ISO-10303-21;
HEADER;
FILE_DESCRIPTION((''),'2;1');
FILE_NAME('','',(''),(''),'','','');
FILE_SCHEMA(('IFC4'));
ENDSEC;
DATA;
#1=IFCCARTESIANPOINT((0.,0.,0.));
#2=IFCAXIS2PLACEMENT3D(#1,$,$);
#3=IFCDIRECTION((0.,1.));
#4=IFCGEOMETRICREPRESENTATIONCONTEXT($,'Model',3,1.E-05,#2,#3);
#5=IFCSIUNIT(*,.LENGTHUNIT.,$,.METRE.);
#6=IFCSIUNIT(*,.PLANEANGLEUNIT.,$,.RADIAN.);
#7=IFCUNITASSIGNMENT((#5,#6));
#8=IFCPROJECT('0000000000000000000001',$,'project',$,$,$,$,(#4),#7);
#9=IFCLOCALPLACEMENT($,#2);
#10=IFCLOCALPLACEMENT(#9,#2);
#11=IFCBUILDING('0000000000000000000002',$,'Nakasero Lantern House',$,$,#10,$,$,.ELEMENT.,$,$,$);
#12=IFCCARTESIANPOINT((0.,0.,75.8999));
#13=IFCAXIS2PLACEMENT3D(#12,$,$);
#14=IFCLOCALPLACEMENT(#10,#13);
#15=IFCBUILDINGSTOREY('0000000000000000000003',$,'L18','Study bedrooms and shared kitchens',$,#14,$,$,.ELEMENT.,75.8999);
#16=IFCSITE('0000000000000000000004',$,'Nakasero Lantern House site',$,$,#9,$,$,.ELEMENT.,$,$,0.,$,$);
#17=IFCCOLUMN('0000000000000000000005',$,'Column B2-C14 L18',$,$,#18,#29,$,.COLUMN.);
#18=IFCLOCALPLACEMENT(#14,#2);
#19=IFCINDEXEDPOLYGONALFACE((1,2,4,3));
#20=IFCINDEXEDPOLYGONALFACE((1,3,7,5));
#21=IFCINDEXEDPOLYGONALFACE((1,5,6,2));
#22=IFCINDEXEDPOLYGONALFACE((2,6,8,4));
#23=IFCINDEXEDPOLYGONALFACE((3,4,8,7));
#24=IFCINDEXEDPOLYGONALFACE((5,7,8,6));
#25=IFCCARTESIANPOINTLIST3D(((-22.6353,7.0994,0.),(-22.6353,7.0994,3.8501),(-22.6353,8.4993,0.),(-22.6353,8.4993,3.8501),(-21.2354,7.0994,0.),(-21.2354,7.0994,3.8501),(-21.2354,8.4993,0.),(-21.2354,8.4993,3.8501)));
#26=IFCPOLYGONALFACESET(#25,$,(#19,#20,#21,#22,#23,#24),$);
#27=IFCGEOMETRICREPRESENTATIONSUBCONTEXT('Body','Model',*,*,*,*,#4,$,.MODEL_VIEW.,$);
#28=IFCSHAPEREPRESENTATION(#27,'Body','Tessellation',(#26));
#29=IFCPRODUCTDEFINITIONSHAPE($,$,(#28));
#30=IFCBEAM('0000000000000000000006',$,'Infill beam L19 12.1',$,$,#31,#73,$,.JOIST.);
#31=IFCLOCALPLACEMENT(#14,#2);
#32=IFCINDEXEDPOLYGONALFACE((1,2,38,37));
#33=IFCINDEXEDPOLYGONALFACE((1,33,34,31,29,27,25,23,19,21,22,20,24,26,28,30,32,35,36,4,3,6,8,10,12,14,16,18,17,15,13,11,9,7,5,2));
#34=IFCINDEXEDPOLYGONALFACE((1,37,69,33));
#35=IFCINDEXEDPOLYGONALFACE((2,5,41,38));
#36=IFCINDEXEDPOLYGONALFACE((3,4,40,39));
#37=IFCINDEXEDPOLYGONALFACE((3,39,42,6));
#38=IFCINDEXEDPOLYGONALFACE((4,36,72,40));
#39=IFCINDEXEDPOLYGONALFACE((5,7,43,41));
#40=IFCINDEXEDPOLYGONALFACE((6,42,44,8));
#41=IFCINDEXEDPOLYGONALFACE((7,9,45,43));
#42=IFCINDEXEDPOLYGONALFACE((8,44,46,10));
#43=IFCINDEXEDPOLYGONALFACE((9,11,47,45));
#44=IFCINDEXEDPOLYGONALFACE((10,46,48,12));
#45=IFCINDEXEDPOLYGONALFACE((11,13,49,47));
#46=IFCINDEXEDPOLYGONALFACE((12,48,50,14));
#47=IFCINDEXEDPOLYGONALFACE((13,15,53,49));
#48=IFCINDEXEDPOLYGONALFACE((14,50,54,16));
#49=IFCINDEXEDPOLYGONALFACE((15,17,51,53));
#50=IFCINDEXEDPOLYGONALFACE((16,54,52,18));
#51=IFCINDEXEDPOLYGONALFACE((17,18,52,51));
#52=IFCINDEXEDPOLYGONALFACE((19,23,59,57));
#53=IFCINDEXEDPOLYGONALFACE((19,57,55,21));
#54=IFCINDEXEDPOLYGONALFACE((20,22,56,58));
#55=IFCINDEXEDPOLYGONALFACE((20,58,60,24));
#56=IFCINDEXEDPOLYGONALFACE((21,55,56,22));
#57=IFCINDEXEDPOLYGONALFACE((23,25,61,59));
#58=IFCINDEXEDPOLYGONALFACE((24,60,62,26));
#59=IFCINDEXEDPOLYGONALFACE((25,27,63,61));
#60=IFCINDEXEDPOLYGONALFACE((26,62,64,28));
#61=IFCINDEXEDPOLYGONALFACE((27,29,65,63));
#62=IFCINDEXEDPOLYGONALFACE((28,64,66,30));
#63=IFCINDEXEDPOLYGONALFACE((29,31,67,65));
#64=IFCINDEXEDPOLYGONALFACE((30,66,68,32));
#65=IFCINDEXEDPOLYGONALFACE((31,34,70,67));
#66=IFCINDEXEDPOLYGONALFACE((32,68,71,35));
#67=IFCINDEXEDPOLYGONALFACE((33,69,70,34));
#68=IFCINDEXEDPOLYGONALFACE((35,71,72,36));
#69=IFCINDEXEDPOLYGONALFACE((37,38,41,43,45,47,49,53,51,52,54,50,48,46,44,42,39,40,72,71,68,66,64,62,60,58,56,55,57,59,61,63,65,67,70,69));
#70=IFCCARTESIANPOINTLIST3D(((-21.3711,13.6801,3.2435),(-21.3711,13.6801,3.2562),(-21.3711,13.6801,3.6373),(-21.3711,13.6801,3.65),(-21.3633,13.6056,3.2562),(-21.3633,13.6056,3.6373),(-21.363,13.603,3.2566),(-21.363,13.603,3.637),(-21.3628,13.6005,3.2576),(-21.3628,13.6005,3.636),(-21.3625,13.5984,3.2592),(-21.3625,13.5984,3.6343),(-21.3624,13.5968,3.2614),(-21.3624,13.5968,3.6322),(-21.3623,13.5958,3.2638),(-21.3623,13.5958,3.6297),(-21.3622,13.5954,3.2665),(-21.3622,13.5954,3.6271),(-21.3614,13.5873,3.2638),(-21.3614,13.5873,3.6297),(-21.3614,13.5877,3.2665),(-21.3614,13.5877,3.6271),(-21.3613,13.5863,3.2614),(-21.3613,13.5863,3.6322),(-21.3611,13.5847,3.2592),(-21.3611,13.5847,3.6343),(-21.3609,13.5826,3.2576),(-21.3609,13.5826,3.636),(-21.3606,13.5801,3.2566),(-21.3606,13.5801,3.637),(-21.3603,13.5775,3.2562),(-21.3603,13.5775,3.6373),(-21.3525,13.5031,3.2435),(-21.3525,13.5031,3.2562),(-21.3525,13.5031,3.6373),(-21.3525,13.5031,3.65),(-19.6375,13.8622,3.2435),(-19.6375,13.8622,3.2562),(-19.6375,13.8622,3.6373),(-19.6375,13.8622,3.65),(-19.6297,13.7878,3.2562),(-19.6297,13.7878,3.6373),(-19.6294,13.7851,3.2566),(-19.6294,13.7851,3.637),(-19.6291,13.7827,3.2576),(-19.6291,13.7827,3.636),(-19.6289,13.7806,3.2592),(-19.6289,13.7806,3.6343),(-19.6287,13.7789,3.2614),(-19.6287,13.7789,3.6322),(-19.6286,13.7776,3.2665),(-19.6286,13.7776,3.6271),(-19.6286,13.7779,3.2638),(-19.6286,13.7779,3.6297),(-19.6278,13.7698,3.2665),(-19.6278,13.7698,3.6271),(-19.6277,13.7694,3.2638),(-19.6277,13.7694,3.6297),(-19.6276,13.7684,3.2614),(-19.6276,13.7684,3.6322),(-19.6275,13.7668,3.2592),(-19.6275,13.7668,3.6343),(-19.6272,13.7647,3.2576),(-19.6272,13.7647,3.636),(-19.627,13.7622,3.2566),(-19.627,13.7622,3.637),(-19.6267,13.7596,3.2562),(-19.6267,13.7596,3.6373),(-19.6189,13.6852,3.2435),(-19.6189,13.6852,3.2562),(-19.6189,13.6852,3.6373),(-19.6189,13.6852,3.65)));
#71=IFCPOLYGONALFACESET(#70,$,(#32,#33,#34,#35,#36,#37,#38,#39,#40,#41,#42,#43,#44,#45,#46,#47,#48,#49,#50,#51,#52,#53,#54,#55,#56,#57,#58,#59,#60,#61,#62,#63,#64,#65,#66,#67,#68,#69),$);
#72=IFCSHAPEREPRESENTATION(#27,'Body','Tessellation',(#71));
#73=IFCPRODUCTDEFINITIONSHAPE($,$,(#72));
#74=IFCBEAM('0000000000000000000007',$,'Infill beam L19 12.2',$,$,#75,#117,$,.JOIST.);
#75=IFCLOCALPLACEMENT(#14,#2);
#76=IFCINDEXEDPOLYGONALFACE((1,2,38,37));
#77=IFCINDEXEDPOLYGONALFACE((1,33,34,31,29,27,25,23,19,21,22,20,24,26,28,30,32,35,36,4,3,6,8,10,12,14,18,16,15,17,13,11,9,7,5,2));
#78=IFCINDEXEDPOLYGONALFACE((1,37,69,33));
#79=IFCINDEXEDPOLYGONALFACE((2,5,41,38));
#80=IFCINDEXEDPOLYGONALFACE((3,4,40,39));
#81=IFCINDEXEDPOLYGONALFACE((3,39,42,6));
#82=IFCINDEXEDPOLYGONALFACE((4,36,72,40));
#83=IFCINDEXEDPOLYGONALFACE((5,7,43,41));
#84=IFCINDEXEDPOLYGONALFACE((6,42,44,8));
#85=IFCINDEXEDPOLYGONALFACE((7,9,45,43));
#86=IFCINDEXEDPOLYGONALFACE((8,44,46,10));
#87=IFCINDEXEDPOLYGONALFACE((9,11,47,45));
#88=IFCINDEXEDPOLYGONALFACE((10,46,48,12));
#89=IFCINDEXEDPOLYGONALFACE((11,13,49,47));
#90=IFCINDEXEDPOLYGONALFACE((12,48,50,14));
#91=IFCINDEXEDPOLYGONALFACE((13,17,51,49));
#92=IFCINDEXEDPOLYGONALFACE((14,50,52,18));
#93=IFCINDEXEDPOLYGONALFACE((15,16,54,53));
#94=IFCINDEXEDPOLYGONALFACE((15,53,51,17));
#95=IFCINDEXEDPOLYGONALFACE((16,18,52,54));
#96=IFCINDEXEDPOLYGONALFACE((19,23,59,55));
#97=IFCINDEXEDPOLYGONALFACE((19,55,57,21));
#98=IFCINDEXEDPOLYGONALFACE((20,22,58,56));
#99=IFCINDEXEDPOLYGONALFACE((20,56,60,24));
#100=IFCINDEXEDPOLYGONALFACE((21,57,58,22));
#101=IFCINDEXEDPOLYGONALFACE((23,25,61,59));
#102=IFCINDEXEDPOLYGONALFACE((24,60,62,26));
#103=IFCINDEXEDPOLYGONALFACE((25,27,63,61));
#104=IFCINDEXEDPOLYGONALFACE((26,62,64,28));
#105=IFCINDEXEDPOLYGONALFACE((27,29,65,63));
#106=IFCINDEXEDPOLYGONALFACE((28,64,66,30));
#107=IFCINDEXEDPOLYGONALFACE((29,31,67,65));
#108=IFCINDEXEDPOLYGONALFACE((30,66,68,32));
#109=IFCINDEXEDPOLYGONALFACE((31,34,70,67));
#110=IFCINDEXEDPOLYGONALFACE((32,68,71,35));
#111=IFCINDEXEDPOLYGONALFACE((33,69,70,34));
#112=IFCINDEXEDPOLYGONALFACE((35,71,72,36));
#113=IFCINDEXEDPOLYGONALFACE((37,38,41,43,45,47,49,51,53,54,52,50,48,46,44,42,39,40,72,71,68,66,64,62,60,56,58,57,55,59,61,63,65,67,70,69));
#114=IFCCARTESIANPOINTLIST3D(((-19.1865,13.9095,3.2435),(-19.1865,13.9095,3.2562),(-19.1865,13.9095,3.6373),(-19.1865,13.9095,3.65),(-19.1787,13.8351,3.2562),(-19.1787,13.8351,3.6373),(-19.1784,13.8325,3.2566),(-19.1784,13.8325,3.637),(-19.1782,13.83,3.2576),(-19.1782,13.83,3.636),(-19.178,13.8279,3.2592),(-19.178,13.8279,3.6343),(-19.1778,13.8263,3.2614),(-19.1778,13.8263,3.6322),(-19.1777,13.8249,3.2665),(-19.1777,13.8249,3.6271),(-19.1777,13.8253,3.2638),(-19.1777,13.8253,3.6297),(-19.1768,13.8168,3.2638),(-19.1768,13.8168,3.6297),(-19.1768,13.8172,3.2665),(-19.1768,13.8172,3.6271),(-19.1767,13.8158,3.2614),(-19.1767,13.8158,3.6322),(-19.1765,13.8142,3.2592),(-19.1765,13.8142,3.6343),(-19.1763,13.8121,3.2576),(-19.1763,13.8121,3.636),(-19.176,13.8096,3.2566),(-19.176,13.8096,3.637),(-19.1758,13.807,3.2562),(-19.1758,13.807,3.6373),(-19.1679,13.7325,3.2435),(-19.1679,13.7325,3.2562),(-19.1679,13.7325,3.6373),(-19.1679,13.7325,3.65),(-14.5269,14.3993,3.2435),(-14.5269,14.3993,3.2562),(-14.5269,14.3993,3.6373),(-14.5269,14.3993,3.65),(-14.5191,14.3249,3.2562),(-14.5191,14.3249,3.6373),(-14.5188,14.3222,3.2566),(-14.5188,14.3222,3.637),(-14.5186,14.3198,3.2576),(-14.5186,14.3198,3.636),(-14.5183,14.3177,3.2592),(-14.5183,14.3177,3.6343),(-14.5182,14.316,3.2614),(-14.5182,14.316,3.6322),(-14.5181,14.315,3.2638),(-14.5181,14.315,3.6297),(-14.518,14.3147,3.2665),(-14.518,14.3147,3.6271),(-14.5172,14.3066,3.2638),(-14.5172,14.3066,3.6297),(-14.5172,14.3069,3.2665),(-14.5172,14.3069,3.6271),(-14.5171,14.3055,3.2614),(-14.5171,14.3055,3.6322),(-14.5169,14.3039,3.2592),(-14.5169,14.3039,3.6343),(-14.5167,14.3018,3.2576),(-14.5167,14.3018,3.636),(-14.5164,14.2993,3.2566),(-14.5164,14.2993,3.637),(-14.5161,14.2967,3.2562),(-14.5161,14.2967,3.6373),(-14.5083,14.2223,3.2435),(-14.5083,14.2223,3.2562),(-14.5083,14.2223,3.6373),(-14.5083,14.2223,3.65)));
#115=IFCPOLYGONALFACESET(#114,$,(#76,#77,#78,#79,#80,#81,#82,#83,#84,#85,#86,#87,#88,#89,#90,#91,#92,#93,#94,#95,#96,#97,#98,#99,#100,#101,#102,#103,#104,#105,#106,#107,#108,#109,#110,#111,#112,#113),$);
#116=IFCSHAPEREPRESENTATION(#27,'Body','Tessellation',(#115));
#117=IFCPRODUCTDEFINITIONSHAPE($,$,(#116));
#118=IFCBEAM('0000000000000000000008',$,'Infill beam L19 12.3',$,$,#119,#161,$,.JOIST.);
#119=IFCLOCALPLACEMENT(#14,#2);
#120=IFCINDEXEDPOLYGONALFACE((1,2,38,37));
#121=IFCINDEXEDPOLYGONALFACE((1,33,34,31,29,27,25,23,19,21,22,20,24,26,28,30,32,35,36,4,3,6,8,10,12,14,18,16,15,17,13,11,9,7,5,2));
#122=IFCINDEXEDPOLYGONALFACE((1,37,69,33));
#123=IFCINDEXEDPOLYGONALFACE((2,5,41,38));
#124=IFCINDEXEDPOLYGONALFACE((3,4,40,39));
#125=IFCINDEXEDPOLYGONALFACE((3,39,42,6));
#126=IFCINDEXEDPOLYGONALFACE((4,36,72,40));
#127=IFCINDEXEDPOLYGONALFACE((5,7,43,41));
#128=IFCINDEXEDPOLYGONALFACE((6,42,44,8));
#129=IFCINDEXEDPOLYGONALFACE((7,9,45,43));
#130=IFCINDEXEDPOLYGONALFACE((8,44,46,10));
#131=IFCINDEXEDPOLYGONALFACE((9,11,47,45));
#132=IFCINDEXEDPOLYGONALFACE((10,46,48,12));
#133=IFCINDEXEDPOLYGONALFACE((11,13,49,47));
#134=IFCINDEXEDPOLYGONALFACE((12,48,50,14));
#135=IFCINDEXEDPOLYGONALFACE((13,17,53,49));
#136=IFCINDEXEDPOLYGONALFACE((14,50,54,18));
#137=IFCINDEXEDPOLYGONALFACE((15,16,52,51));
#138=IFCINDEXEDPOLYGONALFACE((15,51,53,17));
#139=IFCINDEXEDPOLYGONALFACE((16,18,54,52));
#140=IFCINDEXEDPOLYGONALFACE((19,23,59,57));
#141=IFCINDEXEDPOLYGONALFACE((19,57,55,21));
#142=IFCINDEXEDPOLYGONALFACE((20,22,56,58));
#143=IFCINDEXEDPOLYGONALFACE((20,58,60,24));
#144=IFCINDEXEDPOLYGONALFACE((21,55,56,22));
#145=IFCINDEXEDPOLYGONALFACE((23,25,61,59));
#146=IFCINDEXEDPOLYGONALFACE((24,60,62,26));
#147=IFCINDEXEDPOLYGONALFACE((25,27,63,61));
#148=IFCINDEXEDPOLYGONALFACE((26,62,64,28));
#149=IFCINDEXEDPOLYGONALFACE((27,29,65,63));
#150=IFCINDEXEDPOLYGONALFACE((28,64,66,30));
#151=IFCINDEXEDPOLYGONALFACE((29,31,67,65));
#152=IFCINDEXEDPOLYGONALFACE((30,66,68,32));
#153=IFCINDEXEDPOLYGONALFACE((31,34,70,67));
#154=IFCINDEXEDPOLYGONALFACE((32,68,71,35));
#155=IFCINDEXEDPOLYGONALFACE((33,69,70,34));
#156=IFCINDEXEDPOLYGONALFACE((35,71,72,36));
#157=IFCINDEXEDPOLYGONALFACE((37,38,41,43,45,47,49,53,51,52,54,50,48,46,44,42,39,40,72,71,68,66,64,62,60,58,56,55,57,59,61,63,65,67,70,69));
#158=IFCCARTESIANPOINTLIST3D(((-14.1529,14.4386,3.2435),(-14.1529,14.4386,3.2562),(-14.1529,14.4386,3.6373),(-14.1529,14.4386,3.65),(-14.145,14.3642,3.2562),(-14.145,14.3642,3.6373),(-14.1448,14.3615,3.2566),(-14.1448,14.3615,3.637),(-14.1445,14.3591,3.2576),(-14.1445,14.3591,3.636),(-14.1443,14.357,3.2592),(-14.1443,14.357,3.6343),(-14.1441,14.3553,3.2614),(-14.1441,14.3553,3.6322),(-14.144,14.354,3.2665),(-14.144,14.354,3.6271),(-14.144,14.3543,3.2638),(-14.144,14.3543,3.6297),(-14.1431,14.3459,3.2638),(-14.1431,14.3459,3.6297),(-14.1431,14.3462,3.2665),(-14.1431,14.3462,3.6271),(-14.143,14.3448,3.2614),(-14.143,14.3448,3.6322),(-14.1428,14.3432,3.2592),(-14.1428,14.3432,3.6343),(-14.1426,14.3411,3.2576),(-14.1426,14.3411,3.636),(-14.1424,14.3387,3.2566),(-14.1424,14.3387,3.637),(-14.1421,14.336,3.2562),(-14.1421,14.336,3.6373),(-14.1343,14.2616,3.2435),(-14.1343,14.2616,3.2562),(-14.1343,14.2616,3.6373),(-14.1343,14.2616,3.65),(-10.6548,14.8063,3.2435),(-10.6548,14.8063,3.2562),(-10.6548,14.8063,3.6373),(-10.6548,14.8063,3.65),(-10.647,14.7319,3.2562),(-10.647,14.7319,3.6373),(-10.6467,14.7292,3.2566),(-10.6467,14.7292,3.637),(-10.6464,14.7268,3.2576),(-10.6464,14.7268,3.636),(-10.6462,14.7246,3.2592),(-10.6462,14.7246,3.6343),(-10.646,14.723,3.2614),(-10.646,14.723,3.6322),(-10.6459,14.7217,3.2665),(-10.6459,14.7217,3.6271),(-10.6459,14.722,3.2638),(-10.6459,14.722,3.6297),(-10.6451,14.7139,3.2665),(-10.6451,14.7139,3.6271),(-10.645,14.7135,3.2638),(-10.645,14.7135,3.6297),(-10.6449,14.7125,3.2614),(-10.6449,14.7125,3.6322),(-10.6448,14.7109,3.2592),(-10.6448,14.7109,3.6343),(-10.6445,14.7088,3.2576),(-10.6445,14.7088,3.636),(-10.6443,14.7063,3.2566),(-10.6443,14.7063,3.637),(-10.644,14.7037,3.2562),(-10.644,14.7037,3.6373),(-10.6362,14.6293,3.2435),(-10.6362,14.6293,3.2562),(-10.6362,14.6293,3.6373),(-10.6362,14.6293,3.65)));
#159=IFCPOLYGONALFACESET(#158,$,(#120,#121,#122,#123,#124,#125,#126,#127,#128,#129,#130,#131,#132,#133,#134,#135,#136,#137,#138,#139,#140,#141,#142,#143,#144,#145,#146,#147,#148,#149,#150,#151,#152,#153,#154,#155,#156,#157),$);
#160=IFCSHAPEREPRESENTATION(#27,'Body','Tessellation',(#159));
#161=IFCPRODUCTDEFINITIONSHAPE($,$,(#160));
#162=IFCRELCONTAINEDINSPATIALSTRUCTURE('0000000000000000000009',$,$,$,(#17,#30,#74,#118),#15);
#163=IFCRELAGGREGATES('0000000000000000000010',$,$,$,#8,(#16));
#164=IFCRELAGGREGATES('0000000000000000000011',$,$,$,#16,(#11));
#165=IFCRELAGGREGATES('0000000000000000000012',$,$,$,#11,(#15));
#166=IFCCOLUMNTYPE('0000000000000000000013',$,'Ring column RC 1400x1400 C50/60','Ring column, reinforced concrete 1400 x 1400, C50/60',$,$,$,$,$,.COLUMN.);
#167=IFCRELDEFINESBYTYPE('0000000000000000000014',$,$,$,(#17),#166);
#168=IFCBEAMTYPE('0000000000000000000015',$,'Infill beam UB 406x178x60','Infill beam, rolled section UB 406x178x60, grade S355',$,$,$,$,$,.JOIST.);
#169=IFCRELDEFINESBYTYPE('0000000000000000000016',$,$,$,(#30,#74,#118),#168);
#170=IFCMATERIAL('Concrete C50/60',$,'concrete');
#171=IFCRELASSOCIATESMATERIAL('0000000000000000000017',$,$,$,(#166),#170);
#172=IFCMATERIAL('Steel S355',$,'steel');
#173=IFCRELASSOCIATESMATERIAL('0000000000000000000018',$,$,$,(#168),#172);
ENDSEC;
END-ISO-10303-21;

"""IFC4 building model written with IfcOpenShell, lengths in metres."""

from ifc_helpers import new_model, si_unit, direction, frame, origin, origin_2d, place, context, subcontext, project, spatial, rectangle, i_section, extrude, material, material_profile, profile_set, type_object, element, save


model = new_model("IFC4")

# Units and contexts
model_context = context("Model", 3, precision=1e-05, world=origin(), true_north=direction((0.0, 1.0)))
body_context = subcontext(model_context, "Body", "Model", "MODEL_VIEW")
ifc_project = project(units=[si_unit("LENGTHUNIT", "METRE"), si_unit("PLANEANGLEUNIT", "RADIAN")], contexts=[model_context])

# Site, building, storey
site_placement = place(None, origin())
site = spatial("IfcSite", under=ifc_project, at=site_placement, Name="Nakasero Lantern House site", CompositionType="ELEMENT", RefElevation=0.0)
building_placement = place(site_placement, origin())
building = spatial("IfcBuilding", under=site, at=building_placement, Name="Nakasero Lantern House", CompositionType="ELEMENT")
storey_placement = place(building_placement, frame((0.0, 0.0, 75.8999)))
storey = spatial("IfcBuildingStorey", under=building, at=storey_placement, Name="L18", Description="Study bedrooms and shared kitchens", CompositionType="ELEMENT", Elevation=75.8999)

# Column
ifc_material_1 = material(Name="Concrete C50/60", Category="concrete")
ifc_material_profile_1 = material_profile(ifc_material_1, rectangle(XDim=1.3999, YDim=1.3999, at=origin_2d()), Name="RC 1400x1400")
ifc_profile_set_1 = profile_set([ifc_material_profile_1], Name="Concrete C50/60")
column_type = type_object("IfcColumnType", Name="Ring column RC 1400x1400 C50/60", Description="Ring column, reinforced concrete 1400 x 1400, C50/60", PredefinedType="COLUMN", material=ifc_profile_set_1)
column_placement = place(storey_placement, frame((-21.9353, 7.7993, 0.0), z_axis=(0.0, 0.0, 1.0), x_axis=(1.0, 0.0, 0.0)))
element("IfcColumn", 1, at=column_placement, inside=storey, type_object=column_type, Name="Column B2-C14 L18", PredefinedType="COLUMN", context=body_context, shape_type="SweptSolid", body=[
    extrude(rectangle(XDim=1.3999, YDim=1.3999, at=origin_2d()), origin(), (0.0, 0.0, 1.0), 3.8501),
])

# Beams
ifc_material_2 = material(Name="Steel S355", Category="steel")
ifc_material_profile_2 = material_profile(ifc_material_2, i_section(OverallWidth=0.178, OverallDepth=0.4065, WebThickness=0.0078, FlangeThickness=0.0127, FilletRadius=0.0103, at=origin_2d()), Name="UB 406x178x60")
ifc_profile_set_2 = profile_set([ifc_material_profile_2], Name="Steel S355")
beam_type_1 = type_object("IfcBeamType", Name="Infill beam UB 406x178x60", Description="Infill beam, rolled section UB 406x178x60, grade S355", PredefinedType="JOIST", material=ifc_profile_set_2)
beam_1_placement = place(storey_placement, frame((-21.3618, 13.5916, 3.4468), z_axis=(0.994527, 0.104481, 0.0), x_axis=(-0.104481, 0.994527, 0.0)))
element("IfcBeam", 2, at=beam_1_placement, inside=storey, type_object=beam_type_1, Name="Infill beam L19 12.1", PredefinedType="JOIST", context=body_context, shape_type="SweptSolid", body=[
    extrude(i_section(OverallWidth=0.178, OverallDepth=0.4065, WebThickness=0.0078, FlangeThickness=0.0127, FilletRadius=0.0103, at=origin_2d()), origin(), (0.0, 0.0, 1.0), 1.7432),
])
beam_2_placement = place(storey_placement, frame((-19.1772, 13.821, 3.4468), z_axis=(0.994522, 0.104527, 0.0), x_axis=(-0.104527, 0.994522, 0.0)))
element("IfcBeam", 3, at=beam_2_placement, inside=storey, type_object=beam_type_1, Name="Infill beam L19 12.2", PredefinedType="JOIST", context=body_context, shape_type="SweptSolid", body=[
    extrude(i_section(OverallWidth=0.178, OverallDepth=0.4065, WebThickness=0.0078, FlangeThickness=0.0127, FilletRadius=0.0103, at=origin_2d()), origin(), (0.0, 0.0, 1.0), 4.6853),
])
beam_3_placement = place(storey_placement, frame((-14.1436, 14.3501, 3.4468), z_axis=(0.994521, 0.104533, 0.0), x_axis=(-0.104533, 0.994521, 0.0)))
element("IfcBeam", 4, at=beam_3_placement, inside=storey, type_object=beam_type_1, Name="Infill beam L19 12.3", PredefinedType="JOIST", context=body_context, shape_type="SweptSolid", body=[
    extrude(i_section(OverallWidth=0.178, OverallDepth=0.4065, WebThickness=0.0078, FlangeThickness=0.0127, FilletRadius=0.0103, at=origin_2d()), origin(), (0.0, 0.0, 1.0), 3.5173),
])

save(model, "model.ifc")
